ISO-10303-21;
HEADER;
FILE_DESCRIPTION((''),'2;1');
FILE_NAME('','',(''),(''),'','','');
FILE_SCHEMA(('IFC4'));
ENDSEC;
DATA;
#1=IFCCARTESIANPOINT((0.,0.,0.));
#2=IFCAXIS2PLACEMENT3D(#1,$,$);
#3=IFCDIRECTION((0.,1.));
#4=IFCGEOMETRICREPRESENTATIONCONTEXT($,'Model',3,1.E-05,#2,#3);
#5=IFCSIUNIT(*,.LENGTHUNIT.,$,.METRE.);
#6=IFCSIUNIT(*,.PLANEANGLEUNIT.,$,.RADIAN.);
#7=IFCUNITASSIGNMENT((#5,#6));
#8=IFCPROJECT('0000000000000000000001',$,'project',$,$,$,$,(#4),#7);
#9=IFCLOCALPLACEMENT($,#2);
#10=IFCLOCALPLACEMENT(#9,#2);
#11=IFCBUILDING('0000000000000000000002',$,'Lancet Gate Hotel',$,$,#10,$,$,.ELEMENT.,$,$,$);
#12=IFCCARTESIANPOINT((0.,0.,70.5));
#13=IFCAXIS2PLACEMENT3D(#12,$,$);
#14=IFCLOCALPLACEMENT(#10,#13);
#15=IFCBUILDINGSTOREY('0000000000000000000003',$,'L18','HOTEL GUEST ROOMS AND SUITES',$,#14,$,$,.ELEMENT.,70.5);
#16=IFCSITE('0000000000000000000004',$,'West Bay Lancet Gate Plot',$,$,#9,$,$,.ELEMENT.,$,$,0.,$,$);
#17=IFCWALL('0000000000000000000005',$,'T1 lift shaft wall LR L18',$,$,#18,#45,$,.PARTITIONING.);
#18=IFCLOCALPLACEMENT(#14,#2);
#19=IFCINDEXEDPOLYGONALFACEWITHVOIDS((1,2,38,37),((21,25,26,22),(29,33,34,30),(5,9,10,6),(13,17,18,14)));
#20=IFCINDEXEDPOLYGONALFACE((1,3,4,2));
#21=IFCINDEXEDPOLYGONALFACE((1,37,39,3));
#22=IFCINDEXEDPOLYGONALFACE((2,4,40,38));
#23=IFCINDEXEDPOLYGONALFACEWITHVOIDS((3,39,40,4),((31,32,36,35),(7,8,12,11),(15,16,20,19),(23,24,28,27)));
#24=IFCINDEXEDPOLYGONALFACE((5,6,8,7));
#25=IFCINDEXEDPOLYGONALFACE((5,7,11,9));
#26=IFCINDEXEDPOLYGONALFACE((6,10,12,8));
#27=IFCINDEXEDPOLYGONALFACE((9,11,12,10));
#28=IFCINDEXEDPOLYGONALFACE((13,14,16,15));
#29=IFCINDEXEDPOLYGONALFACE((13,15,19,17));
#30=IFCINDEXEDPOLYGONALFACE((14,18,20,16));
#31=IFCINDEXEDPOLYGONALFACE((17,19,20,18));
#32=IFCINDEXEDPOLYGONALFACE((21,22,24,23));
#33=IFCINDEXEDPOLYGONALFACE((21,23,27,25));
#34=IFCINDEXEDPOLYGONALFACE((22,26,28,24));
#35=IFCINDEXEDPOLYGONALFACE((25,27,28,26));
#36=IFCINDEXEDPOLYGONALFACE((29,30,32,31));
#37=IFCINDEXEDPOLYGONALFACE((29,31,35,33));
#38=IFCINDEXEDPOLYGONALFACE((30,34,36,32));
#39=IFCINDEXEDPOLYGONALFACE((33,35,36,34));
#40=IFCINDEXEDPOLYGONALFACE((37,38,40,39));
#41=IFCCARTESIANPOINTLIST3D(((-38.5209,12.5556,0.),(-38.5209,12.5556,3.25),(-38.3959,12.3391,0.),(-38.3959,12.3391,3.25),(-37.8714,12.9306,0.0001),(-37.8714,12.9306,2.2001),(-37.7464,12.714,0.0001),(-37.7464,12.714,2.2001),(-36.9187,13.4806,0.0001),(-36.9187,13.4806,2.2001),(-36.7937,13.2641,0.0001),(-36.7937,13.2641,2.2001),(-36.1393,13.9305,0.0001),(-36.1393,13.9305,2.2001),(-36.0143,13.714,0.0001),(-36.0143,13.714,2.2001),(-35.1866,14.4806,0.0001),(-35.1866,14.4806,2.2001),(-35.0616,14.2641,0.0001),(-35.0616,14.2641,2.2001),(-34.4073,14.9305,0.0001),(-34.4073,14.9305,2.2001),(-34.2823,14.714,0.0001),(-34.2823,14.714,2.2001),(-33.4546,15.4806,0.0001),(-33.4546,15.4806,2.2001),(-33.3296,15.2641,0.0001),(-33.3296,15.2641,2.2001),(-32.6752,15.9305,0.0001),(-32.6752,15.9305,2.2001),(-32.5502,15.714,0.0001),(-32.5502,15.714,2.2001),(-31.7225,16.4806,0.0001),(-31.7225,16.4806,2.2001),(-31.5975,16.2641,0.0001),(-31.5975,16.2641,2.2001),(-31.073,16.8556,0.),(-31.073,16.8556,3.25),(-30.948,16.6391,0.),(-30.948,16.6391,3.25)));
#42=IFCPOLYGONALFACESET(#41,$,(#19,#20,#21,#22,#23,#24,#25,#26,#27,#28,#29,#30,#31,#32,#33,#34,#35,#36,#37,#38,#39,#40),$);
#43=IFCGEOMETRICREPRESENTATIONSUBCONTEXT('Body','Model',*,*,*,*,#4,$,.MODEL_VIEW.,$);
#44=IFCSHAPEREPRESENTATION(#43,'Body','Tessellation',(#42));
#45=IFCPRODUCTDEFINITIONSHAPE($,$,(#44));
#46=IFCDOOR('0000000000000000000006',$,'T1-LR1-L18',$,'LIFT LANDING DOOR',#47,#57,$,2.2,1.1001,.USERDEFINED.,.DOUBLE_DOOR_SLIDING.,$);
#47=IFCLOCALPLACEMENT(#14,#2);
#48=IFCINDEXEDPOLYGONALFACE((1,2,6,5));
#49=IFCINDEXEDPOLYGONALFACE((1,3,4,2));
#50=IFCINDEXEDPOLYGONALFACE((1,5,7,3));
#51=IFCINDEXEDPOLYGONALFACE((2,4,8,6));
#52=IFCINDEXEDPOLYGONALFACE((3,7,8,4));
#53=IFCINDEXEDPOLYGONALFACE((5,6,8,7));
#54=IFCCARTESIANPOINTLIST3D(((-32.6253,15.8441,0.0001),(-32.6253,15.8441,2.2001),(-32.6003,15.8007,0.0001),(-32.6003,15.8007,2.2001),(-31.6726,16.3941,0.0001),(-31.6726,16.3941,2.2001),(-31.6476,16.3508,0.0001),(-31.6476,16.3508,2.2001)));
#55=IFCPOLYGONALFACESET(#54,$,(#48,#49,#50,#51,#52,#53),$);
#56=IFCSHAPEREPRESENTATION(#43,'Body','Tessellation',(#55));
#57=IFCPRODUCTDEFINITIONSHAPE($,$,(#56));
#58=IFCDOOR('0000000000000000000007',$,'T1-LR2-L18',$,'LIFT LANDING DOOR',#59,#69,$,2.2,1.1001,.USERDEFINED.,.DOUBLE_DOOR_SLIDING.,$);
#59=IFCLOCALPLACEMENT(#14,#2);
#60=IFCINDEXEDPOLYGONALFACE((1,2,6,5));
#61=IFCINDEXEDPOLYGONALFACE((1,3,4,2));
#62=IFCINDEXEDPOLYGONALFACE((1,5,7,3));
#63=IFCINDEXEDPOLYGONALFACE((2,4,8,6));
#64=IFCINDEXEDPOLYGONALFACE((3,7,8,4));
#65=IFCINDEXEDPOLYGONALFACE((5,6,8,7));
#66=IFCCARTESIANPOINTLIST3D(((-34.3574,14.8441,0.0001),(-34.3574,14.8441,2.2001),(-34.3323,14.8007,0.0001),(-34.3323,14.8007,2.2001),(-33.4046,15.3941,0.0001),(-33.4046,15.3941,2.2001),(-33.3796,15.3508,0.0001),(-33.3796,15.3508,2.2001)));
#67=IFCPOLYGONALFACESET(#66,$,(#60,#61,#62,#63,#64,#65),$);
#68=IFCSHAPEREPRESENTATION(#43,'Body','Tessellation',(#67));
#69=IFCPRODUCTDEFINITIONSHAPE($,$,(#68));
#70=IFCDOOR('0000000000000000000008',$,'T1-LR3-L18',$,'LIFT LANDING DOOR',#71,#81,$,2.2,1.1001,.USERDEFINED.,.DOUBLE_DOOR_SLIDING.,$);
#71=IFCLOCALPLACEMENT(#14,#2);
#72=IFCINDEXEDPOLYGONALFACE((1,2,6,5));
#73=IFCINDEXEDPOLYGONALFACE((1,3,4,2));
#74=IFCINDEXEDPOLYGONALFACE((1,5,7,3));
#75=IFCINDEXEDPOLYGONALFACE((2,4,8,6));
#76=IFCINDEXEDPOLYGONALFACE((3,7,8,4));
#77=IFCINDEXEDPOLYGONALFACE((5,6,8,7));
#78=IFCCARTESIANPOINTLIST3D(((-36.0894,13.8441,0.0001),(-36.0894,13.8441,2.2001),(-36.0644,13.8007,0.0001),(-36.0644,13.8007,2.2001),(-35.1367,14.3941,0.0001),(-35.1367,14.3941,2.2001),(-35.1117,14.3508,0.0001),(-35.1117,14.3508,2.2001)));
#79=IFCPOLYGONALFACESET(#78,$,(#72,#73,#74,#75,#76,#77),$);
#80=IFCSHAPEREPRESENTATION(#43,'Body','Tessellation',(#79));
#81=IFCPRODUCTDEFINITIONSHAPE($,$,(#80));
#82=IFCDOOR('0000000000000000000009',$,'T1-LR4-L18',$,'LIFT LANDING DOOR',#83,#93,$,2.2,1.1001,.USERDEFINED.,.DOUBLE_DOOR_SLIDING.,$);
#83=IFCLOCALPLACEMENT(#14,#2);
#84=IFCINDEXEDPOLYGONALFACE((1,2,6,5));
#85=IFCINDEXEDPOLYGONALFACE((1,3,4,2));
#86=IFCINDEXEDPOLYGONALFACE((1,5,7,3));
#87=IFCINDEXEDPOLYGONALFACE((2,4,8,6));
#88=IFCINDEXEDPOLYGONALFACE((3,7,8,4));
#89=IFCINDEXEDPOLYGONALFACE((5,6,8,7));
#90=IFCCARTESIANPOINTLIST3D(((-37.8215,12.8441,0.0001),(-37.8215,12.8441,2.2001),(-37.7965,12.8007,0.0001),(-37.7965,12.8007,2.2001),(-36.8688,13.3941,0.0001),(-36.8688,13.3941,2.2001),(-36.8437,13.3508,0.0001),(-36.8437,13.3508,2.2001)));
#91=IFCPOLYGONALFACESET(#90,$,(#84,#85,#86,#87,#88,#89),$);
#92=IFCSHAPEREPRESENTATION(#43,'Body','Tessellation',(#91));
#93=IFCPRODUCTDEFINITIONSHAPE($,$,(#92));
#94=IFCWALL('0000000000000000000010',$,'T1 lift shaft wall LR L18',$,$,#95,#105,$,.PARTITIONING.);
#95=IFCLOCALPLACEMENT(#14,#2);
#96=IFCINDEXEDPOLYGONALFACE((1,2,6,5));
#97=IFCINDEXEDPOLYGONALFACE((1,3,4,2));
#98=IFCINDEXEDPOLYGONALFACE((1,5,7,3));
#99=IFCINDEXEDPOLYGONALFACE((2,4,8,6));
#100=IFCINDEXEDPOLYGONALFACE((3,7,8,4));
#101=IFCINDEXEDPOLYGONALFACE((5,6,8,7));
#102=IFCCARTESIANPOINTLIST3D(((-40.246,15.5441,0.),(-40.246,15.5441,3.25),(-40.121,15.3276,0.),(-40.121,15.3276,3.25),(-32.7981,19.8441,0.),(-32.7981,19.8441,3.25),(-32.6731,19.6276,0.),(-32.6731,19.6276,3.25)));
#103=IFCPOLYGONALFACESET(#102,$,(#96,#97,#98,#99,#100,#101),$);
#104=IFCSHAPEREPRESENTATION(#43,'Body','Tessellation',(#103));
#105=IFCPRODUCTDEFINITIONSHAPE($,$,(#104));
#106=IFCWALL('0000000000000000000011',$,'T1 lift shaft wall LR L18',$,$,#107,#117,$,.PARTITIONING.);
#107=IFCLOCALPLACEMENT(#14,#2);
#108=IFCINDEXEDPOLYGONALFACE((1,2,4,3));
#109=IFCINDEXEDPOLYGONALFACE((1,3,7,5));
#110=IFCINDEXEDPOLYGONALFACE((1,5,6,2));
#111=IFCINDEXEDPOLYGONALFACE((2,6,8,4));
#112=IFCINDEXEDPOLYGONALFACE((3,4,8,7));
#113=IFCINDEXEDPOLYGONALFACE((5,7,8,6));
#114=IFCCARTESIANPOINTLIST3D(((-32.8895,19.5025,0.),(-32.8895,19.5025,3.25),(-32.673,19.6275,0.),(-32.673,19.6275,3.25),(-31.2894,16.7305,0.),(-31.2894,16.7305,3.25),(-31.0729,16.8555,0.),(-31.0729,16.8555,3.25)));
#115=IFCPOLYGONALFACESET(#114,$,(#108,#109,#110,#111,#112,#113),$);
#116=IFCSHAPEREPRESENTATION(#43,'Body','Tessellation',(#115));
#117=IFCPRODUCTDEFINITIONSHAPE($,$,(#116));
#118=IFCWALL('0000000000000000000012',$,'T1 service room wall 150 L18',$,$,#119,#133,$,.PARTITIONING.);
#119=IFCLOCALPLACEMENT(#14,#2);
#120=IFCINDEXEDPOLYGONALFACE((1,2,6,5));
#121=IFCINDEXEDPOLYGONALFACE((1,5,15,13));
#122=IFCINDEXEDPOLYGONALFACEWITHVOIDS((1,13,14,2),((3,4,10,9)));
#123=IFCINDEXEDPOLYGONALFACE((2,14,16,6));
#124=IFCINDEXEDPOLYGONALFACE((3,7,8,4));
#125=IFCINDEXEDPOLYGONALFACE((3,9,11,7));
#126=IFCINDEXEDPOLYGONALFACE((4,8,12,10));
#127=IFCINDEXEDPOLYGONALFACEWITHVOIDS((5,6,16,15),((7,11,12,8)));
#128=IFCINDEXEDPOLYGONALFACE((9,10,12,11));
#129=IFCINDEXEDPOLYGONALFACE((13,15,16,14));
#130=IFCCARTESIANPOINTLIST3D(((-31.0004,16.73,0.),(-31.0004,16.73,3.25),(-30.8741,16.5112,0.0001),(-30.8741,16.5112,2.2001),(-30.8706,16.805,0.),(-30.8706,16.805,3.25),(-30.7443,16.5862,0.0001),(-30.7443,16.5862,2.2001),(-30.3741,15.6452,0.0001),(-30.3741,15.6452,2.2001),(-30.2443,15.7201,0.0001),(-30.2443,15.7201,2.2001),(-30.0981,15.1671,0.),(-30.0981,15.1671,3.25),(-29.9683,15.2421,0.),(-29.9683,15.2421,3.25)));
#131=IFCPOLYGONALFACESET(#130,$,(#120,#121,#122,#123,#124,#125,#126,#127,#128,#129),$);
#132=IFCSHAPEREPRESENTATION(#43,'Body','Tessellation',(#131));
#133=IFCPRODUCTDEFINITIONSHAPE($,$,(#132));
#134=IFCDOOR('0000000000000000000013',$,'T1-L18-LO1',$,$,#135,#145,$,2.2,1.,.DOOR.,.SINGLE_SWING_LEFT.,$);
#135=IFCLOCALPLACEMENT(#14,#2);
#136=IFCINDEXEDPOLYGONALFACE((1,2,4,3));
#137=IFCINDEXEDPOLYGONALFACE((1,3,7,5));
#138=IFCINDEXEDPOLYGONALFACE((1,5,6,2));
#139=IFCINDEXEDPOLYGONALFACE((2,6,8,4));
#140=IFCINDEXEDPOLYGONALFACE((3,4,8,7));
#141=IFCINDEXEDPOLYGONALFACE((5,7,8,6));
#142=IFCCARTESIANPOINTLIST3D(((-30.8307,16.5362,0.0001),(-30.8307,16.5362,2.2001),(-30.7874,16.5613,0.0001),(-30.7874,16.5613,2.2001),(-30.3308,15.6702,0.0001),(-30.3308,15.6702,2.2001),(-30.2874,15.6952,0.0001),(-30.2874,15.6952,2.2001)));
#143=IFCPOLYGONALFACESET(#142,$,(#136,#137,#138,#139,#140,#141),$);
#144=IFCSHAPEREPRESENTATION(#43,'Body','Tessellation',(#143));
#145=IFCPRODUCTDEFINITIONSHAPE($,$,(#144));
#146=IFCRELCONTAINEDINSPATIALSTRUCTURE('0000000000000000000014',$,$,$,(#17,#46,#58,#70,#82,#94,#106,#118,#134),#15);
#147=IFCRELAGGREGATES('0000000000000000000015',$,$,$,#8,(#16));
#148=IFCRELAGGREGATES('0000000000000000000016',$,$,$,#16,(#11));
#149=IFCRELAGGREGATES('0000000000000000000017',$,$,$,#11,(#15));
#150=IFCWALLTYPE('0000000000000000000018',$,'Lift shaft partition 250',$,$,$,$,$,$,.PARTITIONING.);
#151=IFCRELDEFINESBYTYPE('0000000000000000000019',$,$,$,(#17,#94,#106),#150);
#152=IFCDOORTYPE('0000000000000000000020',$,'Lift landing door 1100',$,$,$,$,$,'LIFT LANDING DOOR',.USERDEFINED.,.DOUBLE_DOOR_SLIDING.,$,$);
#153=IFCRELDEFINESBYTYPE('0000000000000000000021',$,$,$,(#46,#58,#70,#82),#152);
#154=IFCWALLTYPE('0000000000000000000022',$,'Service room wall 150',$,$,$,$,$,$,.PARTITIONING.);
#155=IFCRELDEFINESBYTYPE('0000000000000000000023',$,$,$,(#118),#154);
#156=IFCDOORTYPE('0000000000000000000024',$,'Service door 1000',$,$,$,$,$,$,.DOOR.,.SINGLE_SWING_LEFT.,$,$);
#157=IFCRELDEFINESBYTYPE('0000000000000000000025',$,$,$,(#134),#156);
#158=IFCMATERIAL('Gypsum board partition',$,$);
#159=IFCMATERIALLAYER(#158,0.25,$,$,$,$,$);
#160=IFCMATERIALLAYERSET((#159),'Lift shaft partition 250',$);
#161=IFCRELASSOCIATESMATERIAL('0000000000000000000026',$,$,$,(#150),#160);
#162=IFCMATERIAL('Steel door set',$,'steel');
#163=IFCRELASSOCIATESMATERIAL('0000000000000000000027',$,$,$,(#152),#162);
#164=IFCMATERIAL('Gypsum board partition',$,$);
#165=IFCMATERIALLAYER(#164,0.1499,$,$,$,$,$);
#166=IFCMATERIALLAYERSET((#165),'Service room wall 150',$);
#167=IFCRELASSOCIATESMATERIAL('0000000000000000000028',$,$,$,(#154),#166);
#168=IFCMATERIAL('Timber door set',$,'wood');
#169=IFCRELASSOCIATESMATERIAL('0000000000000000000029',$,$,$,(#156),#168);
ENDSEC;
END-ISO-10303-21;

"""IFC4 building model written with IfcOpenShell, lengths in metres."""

from ifc_helpers import new_model, si_unit, direction, frame, frame_2d, origin, place, context, subcontext, project, spatial, rectangle, extrude, material, layer, layer_set, type_object, element, fill, save


model = new_model("IFC4")

# Units and contexts
model_context = context("Model", 3, precision=1e-05, world=origin(), true_north=direction((0.0, 1.0)))
body_context = subcontext(model_context, "Body", "Model", "MODEL_VIEW")
ifc_project = project(units=[si_unit("LENGTHUNIT", "METRE"), si_unit("PLANEANGLEUNIT", "RADIAN")], contexts=[model_context])

# Site, building, storey
site_placement = place(None, origin())
site = spatial("IfcSite", under=ifc_project, at=site_placement, Name="West Bay Lancet Gate Plot", CompositionType="ELEMENT", RefElevation=0.0)
building_placement = place(site_placement, origin())
building = spatial("IfcBuilding", under=site, at=building_placement, Name="Lancet Gate Hotel", CompositionType="ELEMENT")
storey_placement = place(building_placement, frame((0.0, 0.0, 70.5)))
storey = spatial("IfcBuildingStorey", under=building, at=storey_placement, Name="L18", Description="HOTEL GUEST ROOMS AND SUITES", CompositionType="ELEMENT", Elevation=70.5)

# Wall, openings, doors
ifc_material_1 = material(Name="Gypsum board partition")
ifc_layer_1 = layer(ifc_material_1, 0.25)
ifc_layer_set_1 = layer_set([ifc_layer_1], Name="Lift shaft partition 250")
wall_type_1 = type_object("IfcWallType", Name="Lift shaft partition 250", PredefinedType="PARTITIONING", material=ifc_layer_set_1)
wall_1_placement = place(storey_placement, frame((-31.0105, 16.7473, 0.0), z_axis=(0.0, 0.0, 1.0), x_axis=(-0.866028, -0.499995, 0.0)))
wall_1 = element("IfcWall", 1, at=wall_1_placement, inside=storey, type_object=wall_type_1, Name="T1 lift shaft wall LR L18", PredefinedType="PARTITIONING", context=body_context, shape_type="SweptSolid", body=[
    extrude(rectangle(XDim=8.6001, YDim=0.25, at=frame_2d((4.3, 0.0))), origin(), (0.0, 0.0, 1.0), 3.25),
])
opening_1_placement = place(wall_1_placement, frame((0.75, 0.0, 0.0)))
opening_1 = element("IfcOpeningElement", 2, at=opening_1_placement, cuts=wall_1, PredefinedType="OPENING", context=body_context, shape_type="SweptSolid", body=[
    extrude(rectangle(XDim=1.1001, YDim=2.2, at=frame_2d((0.55, 1.1001))), frame((0.0, 0.135, 0.0), z_axis=(0.0, -1.0, 0.0), x_axis=(1.0, 0.0, 0.0)), (0.0, 0.0, 1.0), 0.27),
])
opening_2_placement = place(wall_1_placement, frame((2.75, 0.0, 0.0)))
opening_2 = element("IfcOpeningElement", 3, at=opening_2_placement, cuts=wall_1, PredefinedType="OPENING", context=body_context, shape_type="SweptSolid", body=[
    extrude(rectangle(XDim=1.1001, YDim=2.2, at=frame_2d((0.55, 1.1001))), frame((0.0, 0.135, 0.0), z_axis=(0.0, -1.0, 0.0), x_axis=(1.0, 0.0, 0.0)), (0.0, 0.0, 1.0), 0.27),
])
opening_3_placement = place(wall_1_placement, frame((4.75, 0.0, 0.0)))
opening_3 = element("IfcOpeningElement", 4, at=opening_3_placement, cuts=wall_1, PredefinedType="OPENING", context=body_context, shape_type="SweptSolid", body=[
    extrude(rectangle(XDim=1.1001, YDim=2.2, at=frame_2d((0.55, 1.1001))), frame((0.0, 0.135, 0.0), z_axis=(0.0, -1.0, 0.0), x_axis=(1.0, 0.0, 0.0)), (0.0, 0.0, 1.0), 0.27),
])
opening_4_placement = place(wall_1_placement, frame((6.75, 0.0, 0.0)))
opening_4 = element("IfcOpeningElement", 5, at=opening_4_placement, cuts=wall_1, PredefinedType="OPENING", context=body_context, shape_type="SweptSolid", body=[
    extrude(rectangle(XDim=1.1001, YDim=2.2, at=frame_2d((0.55, 1.1001))), frame((0.0, 0.135, 0.0), z_axis=(0.0, -1.0, 0.0), x_axis=(1.0, 0.0, 0.0)), (0.0, 0.0, 1.0), 0.27),
])
ifc_material_2 = material(Name="Steel door set", Category="steel")
door_type_1 = type_object("IfcDoorType", Name="Lift landing door 1100", ElementType="LIFT LANDING DOOR", OperationType="DOUBLE_DOOR_SLIDING", PredefinedType="USERDEFINED", material=ifc_material_2)
door_1_placement = place(opening_1_placement, origin())
door_1 = element("IfcDoor", 6, at=door_1_placement, inside=storey, type_object=door_type_1, Name="T1-LR1-L18", ObjectType="LIFT LANDING DOOR", OperationType="DOUBLE_DOOR_SLIDING", OverallHeight=2.2, OverallWidth=1.1001, PredefinedType="USERDEFINED", context=body_context, shape_type="SweptSolid", body=[
    extrude(rectangle(XDim=1.1001, YDim=2.2, at=frame_2d((0.55, 1.1001))), frame((0.0, 0.0249, 0.0), z_axis=(0.0, -1.0, 0.0), x_axis=(1.0, 0.0, 0.0)), (0.0, 0.0, 1.0), 0.05),
])
fill(opening_1, door_1)
door_2_placement = place(opening_2_placement, origin())
door_2 = element("IfcDoor", 7, at=door_2_placement, inside=storey, type_object=door_type_1, Name="T1-LR2-L18", ObjectType="LIFT LANDING DOOR", OperationType="DOUBLE_DOOR_SLIDING", OverallHeight=2.2, OverallWidth=1.1001, PredefinedType="USERDEFINED", context=body_context, shape_type="SweptSolid", body=[
    extrude(rectangle(XDim=1.1001, YDim=2.2, at=frame_2d((0.55, 1.1001))), frame((0.0, 0.0249, 0.0), z_axis=(0.0, -1.0, 0.0), x_axis=(1.0, 0.0, 0.0)), (0.0, 0.0, 1.0), 0.05),
])
fill(opening_2, door_2)
door_3_placement = place(opening_3_placement, origin())
door_3 = element("IfcDoor", 8, at=door_3_placement, inside=storey, type_object=door_type_1, Name="T1-LR3-L18", ObjectType="LIFT LANDING DOOR", OperationType="DOUBLE_DOOR_SLIDING", OverallHeight=2.2, OverallWidth=1.1001, PredefinedType="USERDEFINED", context=body_context, shape_type="SweptSolid", body=[
    extrude(rectangle(XDim=1.1001, YDim=2.2, at=frame_2d((0.55, 1.1001))), frame((0.0, 0.0249, 0.0), z_axis=(0.0, -1.0, 0.0), x_axis=(1.0, 0.0, 0.0)), (0.0, 0.0, 1.0), 0.05),
])
fill(opening_3, door_3)
door_4_placement = place(opening_4_placement, origin())
door_4 = element("IfcDoor", 9, at=door_4_placement, inside=storey, type_object=door_type_1, Name="T1-LR4-L18", ObjectType="LIFT LANDING DOOR", OperationType="DOUBLE_DOOR_SLIDING", OverallHeight=2.2, OverallWidth=1.1001, PredefinedType="USERDEFINED", context=body_context, shape_type="SweptSolid", body=[
    extrude(rectangle(XDim=1.1001, YDim=2.2, at=frame_2d((0.55, 1.1001))), frame((0.0, 0.0249, 0.0), z_axis=(0.0, -1.0, 0.0), x_axis=(1.0, 0.0, 0.0)), (0.0, 0.0, 1.0), 0.05),
])
fill(opening_4, door_4)

# Walls
wall_2_placement = place(storey_placement, frame((-32.7356, 19.7358, 0.0), z_axis=(0.0, 0.0, 1.0), x_axis=(-0.866028, -0.499995, 0.0)))
element("IfcWall", 10, at=wall_2_placement, inside=storey, type_object=wall_type_1, Name="T1 lift shaft wall LR L18", PredefinedType="PARTITIONING", context=body_context, shape_type="SweptSolid", body=[
    extrude(rectangle(XDim=8.6001, YDim=0.25, at=frame_2d((4.3, 0.0))), origin(), (0.0, 0.0, 1.0), 3.25),
])
wall_3_placement = place(storey_placement, frame((-31.1812, 16.793, 0.0), z_axis=(0.0, 0.0, 1.0), x_axis=(-0.499929, 0.866066, 0.0)))
element("IfcWall", 11, at=wall_3_placement, inside=storey, type_object=wall_type_1, Name="T1 lift shaft wall LR L18", PredefinedType="PARTITIONING", context=body_context, shape_type="SweptSolid", body=[
    extrude(rectangle(XDim=3.2007, YDim=0.25, at=frame_2d((1.6003, 0.0))), origin(), (0.0, 0.0, 1.0), 3.25),
])

# Wall, opening, door
ifc_material_3 = material(Name="Gypsum board partition")
ifc_layer_2 = layer(ifc_material_3, 0.1499)
ifc_layer_set_2 = layer_set([ifc_layer_2], Name="Service room wall 150")
wall_type_2 = type_object("IfcWallType", Name="Service room wall 150", PredefinedType="PARTITIONING", material=ifc_layer_set_2)
wall_4_placement = place(storey_placement, frame((-30.0332, 15.2046, 0.0), z_axis=(0.0, 0.0, 1.0), x_axis=(-0.49998, 0.866037, 0.0)))
wall_4 = element("IfcWall", 12, at=wall_4_placement, inside=storey, type_object=wall_type_2, Name="T1 service room wall 150 L18", PredefinedType="PARTITIONING", context=body_context, shape_type="SweptSolid", body=[
    extrude(rectangle(XDim=1.8047, YDim=0.1499, at=frame_2d((0.9023, 0.0))), origin(), (0.0, 0.0, 1.0), 3.25),
])
opening_5_placement = place(wall_4_placement, frame((0.552, 0.0, 0.0)))
opening_5 = element("IfcOpeningElement", 13, at=opening_5_placement, cuts=wall_4, PredefinedType="OPENING", context=body_context, shape_type="SweptSolid", body=[
    extrude(rectangle(XDim=1.0, YDim=2.2, at=frame_2d((0.5, 1.1001))), frame((0.0, 0.085, 0.0), z_axis=(0.0, -1.0, 0.0), x_axis=(1.0, 0.0, 0.0)), (0.0, 0.0, 1.0), 0.1699),
])
ifc_material_4 = material(Name="Timber door set", Category="wood")
door_type_2 = type_object("IfcDoorType", Name="Service door 1000", OperationType="SINGLE_SWING_LEFT", PredefinedType="DOOR", material=ifc_material_4)
door_5_placement = place(opening_5_placement, origin())
door_5 = element("IfcDoor", 14, at=door_5_placement, inside=storey, type_object=door_type_2, Name="T1-L18-LO1", OperationType="SINGLE_SWING_LEFT", OverallHeight=2.2, OverallWidth=1.0, PredefinedType="DOOR", context=body_context, shape_type="SweptSolid", body=[
    extrude(rectangle(XDim=1.0, YDim=2.2, at=frame_2d((0.5, 1.1001))), frame((0.0, 0.0249, 0.0), z_axis=(0.0, -1.0, 0.0), x_axis=(1.0, 0.0, 0.0)), (0.0, 0.0, 1.0), 0.05),
])
fill(opening_5, door_5)

save(model, "model.ifc")
